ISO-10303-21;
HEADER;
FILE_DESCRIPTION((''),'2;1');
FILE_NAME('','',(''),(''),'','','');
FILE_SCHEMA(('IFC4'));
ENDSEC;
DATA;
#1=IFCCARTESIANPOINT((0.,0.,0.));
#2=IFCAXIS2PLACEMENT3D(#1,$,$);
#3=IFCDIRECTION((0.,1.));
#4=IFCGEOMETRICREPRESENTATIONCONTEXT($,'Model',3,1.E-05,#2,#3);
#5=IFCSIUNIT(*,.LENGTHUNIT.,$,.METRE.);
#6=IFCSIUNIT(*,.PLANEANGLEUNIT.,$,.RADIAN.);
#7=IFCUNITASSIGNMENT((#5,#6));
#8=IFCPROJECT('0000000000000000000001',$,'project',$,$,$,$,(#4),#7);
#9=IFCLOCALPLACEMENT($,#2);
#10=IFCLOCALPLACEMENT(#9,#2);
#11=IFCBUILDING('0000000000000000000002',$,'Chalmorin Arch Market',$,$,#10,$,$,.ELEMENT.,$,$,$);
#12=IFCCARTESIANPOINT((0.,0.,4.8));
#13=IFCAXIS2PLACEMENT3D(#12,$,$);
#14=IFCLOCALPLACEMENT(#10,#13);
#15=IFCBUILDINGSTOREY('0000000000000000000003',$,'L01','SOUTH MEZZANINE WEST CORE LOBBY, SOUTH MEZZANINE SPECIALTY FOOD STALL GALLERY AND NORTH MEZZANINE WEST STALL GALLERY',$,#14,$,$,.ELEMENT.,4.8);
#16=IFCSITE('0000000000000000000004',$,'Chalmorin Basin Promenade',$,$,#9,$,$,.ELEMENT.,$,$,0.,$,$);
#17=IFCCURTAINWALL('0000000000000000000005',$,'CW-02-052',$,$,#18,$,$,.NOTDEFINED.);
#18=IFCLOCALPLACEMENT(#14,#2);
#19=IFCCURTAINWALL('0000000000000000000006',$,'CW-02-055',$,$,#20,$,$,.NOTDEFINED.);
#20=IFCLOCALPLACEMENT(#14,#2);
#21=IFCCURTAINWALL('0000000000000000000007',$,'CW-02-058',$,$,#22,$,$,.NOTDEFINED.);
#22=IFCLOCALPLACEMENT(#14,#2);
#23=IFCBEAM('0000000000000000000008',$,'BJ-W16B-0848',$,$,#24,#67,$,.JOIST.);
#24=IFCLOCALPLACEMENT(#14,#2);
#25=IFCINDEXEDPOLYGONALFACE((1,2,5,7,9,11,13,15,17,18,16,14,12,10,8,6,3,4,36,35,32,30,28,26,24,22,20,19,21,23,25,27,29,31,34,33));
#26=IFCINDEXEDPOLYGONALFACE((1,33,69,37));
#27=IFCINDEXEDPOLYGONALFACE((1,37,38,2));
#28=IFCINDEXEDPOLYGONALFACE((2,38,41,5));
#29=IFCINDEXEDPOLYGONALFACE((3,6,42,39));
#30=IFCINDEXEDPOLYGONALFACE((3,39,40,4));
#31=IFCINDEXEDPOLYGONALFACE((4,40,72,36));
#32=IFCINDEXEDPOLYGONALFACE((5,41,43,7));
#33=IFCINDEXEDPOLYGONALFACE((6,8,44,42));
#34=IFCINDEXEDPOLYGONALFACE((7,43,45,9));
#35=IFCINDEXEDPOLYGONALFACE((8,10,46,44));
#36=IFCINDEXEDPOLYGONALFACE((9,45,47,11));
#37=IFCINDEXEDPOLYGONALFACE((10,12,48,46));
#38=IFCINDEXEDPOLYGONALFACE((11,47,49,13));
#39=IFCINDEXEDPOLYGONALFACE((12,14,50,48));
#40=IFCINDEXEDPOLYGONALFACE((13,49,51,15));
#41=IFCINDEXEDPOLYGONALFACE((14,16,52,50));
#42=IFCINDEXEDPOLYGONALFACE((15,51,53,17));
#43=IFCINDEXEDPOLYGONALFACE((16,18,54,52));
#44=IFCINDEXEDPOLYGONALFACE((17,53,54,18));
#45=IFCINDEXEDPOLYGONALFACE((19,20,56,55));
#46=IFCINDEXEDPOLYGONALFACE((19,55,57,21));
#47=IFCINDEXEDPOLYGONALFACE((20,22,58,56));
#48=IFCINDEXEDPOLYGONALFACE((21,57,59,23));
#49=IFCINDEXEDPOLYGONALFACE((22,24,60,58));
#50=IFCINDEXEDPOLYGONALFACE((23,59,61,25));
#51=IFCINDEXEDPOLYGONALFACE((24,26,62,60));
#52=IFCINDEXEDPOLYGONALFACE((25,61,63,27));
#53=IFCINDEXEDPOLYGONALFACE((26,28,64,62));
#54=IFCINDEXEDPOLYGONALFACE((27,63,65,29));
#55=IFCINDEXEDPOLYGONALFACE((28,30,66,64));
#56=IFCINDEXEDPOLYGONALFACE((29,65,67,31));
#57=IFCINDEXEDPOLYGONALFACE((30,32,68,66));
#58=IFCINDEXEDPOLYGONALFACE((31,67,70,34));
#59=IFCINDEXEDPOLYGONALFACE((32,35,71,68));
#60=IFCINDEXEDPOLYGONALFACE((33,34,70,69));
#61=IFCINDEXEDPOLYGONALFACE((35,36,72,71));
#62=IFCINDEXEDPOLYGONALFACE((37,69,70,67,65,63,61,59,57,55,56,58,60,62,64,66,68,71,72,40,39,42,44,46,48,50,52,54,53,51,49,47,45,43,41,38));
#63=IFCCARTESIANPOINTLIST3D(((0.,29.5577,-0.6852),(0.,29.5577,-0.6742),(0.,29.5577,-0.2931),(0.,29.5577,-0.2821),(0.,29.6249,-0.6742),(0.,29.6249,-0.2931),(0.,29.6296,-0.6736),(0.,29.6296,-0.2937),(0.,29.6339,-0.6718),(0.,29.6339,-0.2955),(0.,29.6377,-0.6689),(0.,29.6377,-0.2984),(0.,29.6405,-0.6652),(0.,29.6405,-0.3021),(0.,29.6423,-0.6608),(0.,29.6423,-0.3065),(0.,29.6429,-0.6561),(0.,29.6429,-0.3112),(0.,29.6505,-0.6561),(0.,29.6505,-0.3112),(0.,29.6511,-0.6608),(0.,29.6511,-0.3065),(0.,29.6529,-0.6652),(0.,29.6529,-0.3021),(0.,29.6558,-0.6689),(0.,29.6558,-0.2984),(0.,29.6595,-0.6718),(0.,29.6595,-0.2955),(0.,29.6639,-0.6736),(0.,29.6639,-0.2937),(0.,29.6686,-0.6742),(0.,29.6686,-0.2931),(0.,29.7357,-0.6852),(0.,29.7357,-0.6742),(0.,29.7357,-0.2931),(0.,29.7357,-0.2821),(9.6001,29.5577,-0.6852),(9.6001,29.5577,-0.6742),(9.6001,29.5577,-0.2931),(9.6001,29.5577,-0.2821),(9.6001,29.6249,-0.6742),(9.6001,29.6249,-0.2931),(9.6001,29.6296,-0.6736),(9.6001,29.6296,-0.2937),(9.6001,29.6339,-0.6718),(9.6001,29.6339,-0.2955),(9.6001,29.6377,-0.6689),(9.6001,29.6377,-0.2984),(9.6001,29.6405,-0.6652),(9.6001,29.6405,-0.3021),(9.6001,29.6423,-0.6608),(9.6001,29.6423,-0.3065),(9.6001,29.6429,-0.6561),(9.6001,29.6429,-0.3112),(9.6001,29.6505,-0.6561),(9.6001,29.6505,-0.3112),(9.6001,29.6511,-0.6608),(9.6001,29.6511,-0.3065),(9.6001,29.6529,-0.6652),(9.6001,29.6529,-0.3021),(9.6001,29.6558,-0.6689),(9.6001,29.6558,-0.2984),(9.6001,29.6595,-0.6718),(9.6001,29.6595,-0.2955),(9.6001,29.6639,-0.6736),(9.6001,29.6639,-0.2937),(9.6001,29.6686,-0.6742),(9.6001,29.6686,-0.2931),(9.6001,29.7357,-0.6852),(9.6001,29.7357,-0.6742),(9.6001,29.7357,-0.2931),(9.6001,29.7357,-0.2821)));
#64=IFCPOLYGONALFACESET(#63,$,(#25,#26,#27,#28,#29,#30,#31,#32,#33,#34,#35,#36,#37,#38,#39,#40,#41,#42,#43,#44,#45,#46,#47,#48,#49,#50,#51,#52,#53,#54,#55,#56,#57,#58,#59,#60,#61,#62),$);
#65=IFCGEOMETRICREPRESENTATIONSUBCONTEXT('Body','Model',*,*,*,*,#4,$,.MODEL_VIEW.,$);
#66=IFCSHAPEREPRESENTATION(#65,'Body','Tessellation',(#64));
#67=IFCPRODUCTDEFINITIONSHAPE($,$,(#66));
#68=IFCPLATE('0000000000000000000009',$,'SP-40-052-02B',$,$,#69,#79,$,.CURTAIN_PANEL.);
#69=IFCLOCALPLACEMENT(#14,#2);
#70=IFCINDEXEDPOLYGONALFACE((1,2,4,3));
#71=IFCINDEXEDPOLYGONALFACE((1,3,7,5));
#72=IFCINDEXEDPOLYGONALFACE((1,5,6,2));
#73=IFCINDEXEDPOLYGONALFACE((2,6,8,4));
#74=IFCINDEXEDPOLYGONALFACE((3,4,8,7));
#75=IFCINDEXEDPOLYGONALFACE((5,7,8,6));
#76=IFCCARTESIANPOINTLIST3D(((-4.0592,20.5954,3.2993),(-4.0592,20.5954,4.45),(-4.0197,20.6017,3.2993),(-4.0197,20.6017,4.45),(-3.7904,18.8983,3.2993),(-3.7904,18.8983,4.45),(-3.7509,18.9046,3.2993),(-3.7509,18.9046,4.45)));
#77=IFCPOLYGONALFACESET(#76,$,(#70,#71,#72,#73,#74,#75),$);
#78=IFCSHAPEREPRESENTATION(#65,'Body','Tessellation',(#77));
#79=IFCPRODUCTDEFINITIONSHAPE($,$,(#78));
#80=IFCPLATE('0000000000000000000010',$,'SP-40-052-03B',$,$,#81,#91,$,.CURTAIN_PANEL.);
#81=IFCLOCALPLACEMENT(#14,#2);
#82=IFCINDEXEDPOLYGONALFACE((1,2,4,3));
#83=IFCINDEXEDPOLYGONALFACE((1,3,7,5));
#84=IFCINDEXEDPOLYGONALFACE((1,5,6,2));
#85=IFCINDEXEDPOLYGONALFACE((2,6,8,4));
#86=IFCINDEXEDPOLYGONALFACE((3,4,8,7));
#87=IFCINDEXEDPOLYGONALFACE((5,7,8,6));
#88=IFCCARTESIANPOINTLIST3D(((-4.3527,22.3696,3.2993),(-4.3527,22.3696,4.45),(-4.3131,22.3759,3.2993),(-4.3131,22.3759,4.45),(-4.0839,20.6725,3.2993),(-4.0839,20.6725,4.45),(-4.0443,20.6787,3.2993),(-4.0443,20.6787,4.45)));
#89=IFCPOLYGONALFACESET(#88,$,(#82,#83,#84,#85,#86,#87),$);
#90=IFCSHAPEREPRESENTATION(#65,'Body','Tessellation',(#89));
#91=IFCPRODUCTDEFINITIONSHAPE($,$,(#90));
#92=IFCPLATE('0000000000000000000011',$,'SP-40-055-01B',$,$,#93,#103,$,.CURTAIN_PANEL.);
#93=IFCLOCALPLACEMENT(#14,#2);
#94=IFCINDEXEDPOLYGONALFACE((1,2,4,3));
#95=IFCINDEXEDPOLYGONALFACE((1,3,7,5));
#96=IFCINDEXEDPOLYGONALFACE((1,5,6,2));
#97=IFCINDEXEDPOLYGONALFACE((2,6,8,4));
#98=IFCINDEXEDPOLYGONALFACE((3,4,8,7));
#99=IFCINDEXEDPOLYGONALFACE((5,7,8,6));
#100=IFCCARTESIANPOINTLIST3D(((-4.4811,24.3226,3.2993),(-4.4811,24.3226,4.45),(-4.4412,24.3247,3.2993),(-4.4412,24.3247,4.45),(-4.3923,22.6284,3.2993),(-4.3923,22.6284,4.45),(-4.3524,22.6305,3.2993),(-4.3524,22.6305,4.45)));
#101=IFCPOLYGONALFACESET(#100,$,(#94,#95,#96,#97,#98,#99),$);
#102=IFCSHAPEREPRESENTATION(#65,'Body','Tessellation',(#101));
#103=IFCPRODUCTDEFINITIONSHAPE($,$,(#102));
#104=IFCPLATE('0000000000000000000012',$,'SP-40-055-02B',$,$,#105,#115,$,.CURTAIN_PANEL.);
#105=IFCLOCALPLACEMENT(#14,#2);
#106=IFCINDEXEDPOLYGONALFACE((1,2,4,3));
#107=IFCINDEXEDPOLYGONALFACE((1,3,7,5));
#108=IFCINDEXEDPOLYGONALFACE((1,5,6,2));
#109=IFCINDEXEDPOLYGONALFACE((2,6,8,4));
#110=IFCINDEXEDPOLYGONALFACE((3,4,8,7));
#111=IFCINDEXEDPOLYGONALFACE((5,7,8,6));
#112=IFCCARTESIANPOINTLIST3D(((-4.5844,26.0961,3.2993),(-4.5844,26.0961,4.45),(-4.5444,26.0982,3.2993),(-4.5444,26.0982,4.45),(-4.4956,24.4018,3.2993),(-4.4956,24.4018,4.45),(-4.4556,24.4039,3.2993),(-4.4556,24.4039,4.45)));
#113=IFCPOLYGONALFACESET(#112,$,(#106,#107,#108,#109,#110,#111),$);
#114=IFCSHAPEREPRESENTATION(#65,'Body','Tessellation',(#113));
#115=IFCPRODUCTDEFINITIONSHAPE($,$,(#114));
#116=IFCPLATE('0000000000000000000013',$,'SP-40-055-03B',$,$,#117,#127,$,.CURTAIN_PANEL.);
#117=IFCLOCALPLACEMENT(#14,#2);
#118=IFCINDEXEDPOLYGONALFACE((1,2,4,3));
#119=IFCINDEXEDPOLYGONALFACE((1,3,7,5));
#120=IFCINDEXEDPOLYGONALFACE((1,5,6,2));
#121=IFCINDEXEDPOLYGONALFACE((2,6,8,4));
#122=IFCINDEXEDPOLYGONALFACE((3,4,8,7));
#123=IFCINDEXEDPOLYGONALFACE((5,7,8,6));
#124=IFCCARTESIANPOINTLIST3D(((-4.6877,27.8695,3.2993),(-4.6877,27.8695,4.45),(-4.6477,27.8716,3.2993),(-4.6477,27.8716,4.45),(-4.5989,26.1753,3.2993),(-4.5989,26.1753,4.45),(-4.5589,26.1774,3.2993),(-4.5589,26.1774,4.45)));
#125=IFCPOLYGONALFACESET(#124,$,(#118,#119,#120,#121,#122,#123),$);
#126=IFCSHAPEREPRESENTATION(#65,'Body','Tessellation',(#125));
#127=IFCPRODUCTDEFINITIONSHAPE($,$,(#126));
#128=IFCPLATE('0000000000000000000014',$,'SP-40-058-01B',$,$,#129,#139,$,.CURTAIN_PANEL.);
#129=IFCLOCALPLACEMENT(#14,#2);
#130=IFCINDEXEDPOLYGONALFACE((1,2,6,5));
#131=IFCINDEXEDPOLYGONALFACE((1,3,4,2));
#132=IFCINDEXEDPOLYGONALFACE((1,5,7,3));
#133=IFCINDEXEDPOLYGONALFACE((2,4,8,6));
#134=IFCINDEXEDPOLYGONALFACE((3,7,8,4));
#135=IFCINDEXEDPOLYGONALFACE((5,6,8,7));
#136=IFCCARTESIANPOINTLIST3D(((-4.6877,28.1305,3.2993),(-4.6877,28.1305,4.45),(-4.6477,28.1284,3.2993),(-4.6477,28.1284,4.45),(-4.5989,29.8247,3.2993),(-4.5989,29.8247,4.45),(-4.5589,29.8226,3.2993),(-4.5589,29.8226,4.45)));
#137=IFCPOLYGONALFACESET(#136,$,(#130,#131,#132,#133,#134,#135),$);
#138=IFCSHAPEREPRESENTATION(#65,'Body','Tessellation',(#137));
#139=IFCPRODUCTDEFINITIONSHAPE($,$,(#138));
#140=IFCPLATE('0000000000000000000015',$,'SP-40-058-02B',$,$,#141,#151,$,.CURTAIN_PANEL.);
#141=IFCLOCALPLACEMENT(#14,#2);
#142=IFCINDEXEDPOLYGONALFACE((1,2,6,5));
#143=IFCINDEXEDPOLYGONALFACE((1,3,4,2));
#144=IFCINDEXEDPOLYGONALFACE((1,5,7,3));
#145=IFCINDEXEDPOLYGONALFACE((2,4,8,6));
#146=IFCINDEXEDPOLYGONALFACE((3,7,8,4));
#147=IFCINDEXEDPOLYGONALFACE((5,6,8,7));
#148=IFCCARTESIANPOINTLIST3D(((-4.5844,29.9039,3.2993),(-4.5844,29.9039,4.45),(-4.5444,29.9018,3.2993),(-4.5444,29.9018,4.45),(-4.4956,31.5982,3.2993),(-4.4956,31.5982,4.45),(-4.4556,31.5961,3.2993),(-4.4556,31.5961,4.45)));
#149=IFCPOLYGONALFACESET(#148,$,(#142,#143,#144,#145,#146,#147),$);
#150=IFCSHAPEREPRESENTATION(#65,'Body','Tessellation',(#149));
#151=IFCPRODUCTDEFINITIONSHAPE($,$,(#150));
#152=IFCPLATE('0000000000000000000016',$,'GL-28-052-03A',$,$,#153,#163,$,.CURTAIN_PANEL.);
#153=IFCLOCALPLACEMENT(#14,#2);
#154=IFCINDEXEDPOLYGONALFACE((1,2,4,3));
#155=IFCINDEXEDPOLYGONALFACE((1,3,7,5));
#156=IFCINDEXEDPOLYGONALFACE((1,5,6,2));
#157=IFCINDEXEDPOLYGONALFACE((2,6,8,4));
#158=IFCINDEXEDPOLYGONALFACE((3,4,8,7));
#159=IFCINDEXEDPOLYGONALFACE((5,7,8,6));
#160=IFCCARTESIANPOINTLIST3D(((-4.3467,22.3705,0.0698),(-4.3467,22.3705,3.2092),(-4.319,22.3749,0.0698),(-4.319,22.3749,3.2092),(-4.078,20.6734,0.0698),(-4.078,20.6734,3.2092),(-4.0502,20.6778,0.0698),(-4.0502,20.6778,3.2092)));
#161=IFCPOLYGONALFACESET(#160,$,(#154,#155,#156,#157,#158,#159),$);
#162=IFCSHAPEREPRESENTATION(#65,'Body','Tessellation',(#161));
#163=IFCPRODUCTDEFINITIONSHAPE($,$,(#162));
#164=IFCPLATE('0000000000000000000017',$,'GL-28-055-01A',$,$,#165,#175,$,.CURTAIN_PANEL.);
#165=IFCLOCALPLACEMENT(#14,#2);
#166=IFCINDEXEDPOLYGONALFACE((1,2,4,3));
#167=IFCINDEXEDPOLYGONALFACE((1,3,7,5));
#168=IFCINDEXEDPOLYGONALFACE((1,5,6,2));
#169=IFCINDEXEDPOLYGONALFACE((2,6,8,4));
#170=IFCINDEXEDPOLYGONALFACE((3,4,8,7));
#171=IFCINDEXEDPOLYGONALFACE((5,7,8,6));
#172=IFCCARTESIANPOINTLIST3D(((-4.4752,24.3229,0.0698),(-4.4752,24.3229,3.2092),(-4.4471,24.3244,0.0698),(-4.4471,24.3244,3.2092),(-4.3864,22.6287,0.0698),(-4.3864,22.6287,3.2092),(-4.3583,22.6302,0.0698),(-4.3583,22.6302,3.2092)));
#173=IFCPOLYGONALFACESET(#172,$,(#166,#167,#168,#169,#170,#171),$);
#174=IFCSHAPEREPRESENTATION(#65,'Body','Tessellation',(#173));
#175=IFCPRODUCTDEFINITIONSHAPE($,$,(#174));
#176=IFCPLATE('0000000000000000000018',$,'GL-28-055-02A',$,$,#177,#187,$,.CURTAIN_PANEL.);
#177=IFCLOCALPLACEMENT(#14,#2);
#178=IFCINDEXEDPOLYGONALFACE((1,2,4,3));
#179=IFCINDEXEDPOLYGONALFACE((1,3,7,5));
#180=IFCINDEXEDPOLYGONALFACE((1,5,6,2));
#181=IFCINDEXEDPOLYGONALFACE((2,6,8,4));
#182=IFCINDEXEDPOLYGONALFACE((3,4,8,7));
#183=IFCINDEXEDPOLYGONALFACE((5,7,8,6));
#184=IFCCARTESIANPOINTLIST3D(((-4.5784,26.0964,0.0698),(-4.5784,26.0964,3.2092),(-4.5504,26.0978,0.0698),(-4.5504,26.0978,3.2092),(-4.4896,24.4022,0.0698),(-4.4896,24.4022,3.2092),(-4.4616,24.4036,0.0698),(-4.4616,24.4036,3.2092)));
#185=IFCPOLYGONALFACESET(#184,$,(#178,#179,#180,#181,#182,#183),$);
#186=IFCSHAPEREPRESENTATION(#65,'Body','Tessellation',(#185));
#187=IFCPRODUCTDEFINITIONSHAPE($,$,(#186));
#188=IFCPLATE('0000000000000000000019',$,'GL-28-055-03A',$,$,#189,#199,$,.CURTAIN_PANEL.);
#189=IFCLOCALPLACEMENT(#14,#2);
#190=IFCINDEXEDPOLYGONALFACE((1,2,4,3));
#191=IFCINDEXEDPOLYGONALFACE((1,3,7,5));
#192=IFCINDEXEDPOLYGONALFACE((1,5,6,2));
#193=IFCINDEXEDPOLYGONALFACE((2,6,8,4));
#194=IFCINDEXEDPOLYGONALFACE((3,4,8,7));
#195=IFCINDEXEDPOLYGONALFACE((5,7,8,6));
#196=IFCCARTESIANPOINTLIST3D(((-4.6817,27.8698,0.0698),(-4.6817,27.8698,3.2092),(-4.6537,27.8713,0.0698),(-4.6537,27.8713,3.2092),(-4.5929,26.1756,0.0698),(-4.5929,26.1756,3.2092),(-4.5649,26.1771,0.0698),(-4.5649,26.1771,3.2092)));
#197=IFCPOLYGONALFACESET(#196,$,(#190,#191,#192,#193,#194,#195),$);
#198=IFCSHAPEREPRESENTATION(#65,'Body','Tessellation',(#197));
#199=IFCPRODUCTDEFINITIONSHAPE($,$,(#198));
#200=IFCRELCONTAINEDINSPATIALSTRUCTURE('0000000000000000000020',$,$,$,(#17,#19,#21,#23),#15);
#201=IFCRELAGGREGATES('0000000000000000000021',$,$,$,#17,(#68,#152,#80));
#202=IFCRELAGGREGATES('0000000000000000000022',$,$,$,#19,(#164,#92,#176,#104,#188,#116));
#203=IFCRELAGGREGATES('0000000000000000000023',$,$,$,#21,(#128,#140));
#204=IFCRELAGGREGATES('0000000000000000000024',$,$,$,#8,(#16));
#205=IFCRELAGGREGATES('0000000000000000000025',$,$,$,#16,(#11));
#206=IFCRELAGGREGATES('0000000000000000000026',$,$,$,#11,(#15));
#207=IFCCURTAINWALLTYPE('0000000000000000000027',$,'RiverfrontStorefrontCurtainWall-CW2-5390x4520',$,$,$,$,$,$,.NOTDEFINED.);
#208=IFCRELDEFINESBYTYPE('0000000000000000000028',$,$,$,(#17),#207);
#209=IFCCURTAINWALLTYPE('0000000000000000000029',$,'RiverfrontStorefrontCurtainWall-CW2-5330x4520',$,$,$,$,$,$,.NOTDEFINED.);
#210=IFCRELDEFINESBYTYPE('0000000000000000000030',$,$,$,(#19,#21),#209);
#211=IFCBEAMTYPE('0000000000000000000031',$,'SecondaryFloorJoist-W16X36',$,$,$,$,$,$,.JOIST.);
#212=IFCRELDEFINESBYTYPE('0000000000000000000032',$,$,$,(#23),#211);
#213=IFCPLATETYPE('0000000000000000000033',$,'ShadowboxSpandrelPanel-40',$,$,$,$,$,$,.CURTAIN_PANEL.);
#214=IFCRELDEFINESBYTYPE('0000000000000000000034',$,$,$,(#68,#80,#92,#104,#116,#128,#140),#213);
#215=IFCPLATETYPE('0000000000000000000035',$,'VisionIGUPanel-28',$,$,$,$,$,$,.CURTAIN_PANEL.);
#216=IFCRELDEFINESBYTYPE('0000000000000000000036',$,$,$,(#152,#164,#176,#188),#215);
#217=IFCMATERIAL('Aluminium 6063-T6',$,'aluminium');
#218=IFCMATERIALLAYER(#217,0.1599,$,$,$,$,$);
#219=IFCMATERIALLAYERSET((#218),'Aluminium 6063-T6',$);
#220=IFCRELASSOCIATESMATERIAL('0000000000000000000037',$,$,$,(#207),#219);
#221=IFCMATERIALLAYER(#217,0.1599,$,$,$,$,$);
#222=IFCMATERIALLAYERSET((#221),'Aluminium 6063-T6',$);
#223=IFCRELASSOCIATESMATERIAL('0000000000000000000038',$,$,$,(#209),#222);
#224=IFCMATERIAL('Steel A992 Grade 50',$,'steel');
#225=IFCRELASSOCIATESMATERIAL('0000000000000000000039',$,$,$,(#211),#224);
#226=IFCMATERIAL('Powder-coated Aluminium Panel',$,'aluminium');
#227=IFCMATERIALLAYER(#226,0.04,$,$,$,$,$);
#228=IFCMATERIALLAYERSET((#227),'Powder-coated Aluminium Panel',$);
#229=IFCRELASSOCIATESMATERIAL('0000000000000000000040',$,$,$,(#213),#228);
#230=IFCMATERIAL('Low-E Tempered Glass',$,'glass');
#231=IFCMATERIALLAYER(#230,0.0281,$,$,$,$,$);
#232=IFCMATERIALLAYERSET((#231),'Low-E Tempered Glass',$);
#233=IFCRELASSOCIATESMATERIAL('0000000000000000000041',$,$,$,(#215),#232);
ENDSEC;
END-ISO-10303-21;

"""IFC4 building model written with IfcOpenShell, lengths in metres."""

from ifc_helpers import new_model, si_unit, direction, frame, origin, origin_2d, place, context, subcontext, project, spatial, rectangle, i_section, extrude, material, layer, layer_set, material_profile, profile_set, type_object, element, aggregate, save


model = new_model("IFC4")

# Units and contexts
model_context = context("Model", 3, precision=1e-05, world=origin(), true_north=direction((0.0, 1.0)))
body_context = subcontext(model_context, "Body", "Model", "MODEL_VIEW")
ifc_project = project(units=[si_unit("LENGTHUNIT", "METRE"), si_unit("PLANEANGLEUNIT", "RADIAN")], contexts=[model_context])

# Site, building, storey
site_placement = place(None, origin())
site = spatial("IfcSite", under=ifc_project, at=site_placement, Name="Chalmorin Basin Promenade", CompositionType="ELEMENT", RefElevation=0.0)
building_placement = place(site_placement, origin())
building = spatial("IfcBuilding", under=site, at=building_placement, Name="Chalmorin Arch Market", CompositionType="ELEMENT")
storey_placement = place(building_placement, frame((0.0, 0.0, 4.8)))
storey = spatial("IfcBuildingStorey", under=building, at=storey_placement, Name="L01", Description="SOUTH MEZZANINE WEST CORE LOBBY, SOUTH MEZZANINE SPECIALTY FOOD STALL GALLERY AND NORTH MEZZANINE WEST STALL GALLERY", CompositionType="ELEMENT", Elevation=4.8)

# Curtain walls
ifc_material_1 = material(Name="Aluminium 6063-T6", Category="aluminium")
ifc_layer_1 = layer(ifc_material_1, 0.1599)
ifc_layer_set_1 = layer_set([ifc_layer_1], Name="Aluminium 6063-T6")
curtain_wall_type_1 = type_object("IfcCurtainWallType", Name="RiverfrontStorefrontCurtainWall-CW2-5390x4520", PredefinedType="NOTDEFINED", material=ifc_layer_set_1)
curtain_wall_1_placement = place(storey_placement, origin())
curtain_wall_1 = element("IfcCurtainWall", 1, at=curtain_wall_1_placement, inside=storey, type_object=curtain_wall_type_1, Name="CW-02-052", PredefinedType="NOTDEFINED")
ifc_layer_2 = layer(ifc_material_1, 0.1599)
ifc_layer_set_2 = layer_set([ifc_layer_2], Name="Aluminium 6063-T6")
curtain_wall_type_2 = type_object("IfcCurtainWallType", Name="RiverfrontStorefrontCurtainWall-CW2-5330x4520", PredefinedType="NOTDEFINED", material=ifc_layer_set_2)
curtain_wall_2_placement = place(storey_placement, origin())
curtain_wall_2 = element("IfcCurtainWall", 2, at=curtain_wall_2_placement, inside=storey, type_object=curtain_wall_type_2, Name="CW-02-055", PredefinedType="NOTDEFINED")
curtain_wall_3_placement = place(storey_placement, origin())
curtain_wall_3 = element("IfcCurtainWall", 3, at=curtain_wall_3_placement, inside=storey, type_object=curtain_wall_type_2, Name="CW-02-058", PredefinedType="NOTDEFINED")

# Beam
ifc_material_2 = material(Name="Steel A992 Grade 50", Category="steel")
ifc_material_profile_1 = material_profile(ifc_material_2, i_section(OverallWidth=0.178, OverallDepth=0.4031, WebThickness=0.0076, FlangeThickness=0.011, FilletRadius=0.0181, at=origin_2d()), Name="W16X36")
ifc_profile_set_1 = profile_set([ifc_material_profile_1], Name="Steel A992 Grade 50")
beam_type_1 = type_object("IfcBeamType", Name="SecondaryFloorJoist-W16X36", PredefinedType="JOIST", material=ifc_profile_set_1)
for number, where, z_axis, x_axis, name in (
    (4, (0.0, 29.6467, -0.4836), (1.0, 0.0, 0.0), (0.0, 1.0, 0.0), "BJ-W16B-0848"),
):
    element("IfcBeam", number, at=place(storey_placement, frame(where, z_axis=z_axis, x_axis=x_axis)), inside=storey, type_object=beam_type_1, Name=name, PredefinedType="JOIST", context=body_context, shape_type="SweptSolid", body=[
        extrude(i_section(OverallWidth=0.178, OverallDepth=0.4031, WebThickness=0.0076, FlangeThickness=0.011, FilletRadius=0.0181, at=origin_2d()), origin(), (0.0, 0.0, 1.0), 9.6001),
    ])

# Plates
ifc_material_3 = material(Name="Powder-coated Aluminium Panel", Category="aluminium")
ifc_layer_3 = layer(ifc_material_3, 0.04)
ifc_layer_set_3 = layer_set([ifc_layer_3], Name="Powder-coated Aluminium Panel")
plate_type_1 = type_object("IfcPlateType", Name="ShadowboxSpandrelPanel-40", PredefinedType="CURTAIN_PANEL", material=ifc_layer_set_3)
plate_1_placement = place(storey_placement, frame((-3.905, 19.75, 3.2993), z_axis=(0.0, 0.0, 1.0), x_axis=(-0.156434, 0.987688, 0.0)))
plate_1 = element("IfcPlate", 5, at=plate_1_placement, type_object=plate_type_1, Name="SP-40-052-02B", PredefinedType="CURTAIN_PANEL", context=body_context, shape_type="SweptSolid", body=[
    extrude(rectangle(XDim=1.7183, YDim=0.04, at=origin_2d()), origin(), (0.0, 0.0, 1.0), 1.1506),
])
plate_2_placement = place(storey_placement, frame((-4.1985, 21.5242, 3.2993), z_axis=(0.0, 0.0, 1.0), x_axis=(-0.156434, 0.987688, 0.0)))
plate_2 = element("IfcPlate", 6, at=plate_2_placement, type_object=plate_type_1, Name="SP-40-052-03B", PredefinedType="CURTAIN_PANEL", context=body_context, shape_type="SweptSolid", body=[
    extrude(rectangle(XDim=1.7183, YDim=0.04, at=origin_2d()), origin(), (0.0, 0.0, 1.0), 1.1506),
])
plate_3_placement = place(storey_placement, frame((-4.4167, 23.4766, 3.2993), z_axis=(0.0, 0.0, 1.0), x_axis=(-0.052336, 0.99863, 0.0)))
plate_3 = element("IfcPlate", 7, at=plate_3_placement, type_object=plate_type_1, Name="SP-40-055-01B", PredefinedType="CURTAIN_PANEL", context=body_context, shape_type="SweptSolid", body=[
    extrude(rectangle(XDim=1.6965, YDim=0.04, at=origin_2d()), origin(), (0.0, 0.0, 1.0), 1.1506),
])
plate_4_placement = place(storey_placement, frame((-4.52, 25.25, 3.2993), z_axis=(0.0, 0.0, 1.0), x_axis=(-0.052336, 0.99863, 0.0)))
plate_4 = element("IfcPlate", 8, at=plate_4_placement, type_object=plate_type_1, Name="SP-40-055-02B", PredefinedType="CURTAIN_PANEL", context=body_context, shape_type="SweptSolid", body=[
    extrude(rectangle(XDim=1.6965, YDim=0.04, at=origin_2d()), origin(), (0.0, 0.0, 1.0), 1.1506),
])
plate_5_placement = place(storey_placement, frame((-4.6233, 27.0234, 3.2993), z_axis=(0.0, 0.0, 1.0), x_axis=(-0.052336, 0.99863, 0.0)))
plate_5 = element("IfcPlate", 9, at=plate_5_placement, type_object=plate_type_1, Name="SP-40-055-03B", PredefinedType="CURTAIN_PANEL", context=body_context, shape_type="SweptSolid", body=[
    extrude(rectangle(XDim=1.6965, YDim=0.04, at=origin_2d()), origin(), (0.0, 0.0, 1.0), 1.1506),
])
plate_6_placement = place(storey_placement, frame((-4.6233, 28.9766, 3.2993), z_axis=(0.0, 0.0, 1.0), x_axis=(0.052336, 0.99863, 0.0)))
plate_6 = element("IfcPlate", 10, at=plate_6_placement, type_object=plate_type_1, Name="SP-40-058-01B", PredefinedType="CURTAIN_PANEL", context=body_context, shape_type="SweptSolid", body=[
    extrude(rectangle(XDim=1.6965, YDim=0.04, at=origin_2d()), origin(), (0.0, 0.0, 1.0), 1.1506),
])
plate_7_placement = place(storey_placement, frame((-4.52, 30.75, 3.2993), z_axis=(0.0, 0.0, 1.0), x_axis=(0.052336, 0.99863, 0.0)))
plate_7 = element("IfcPlate", 11, at=plate_7_placement, type_object=plate_type_1, Name="SP-40-058-02B", PredefinedType="CURTAIN_PANEL", context=body_context, shape_type="SweptSolid", body=[
    extrude(rectangle(XDim=1.6965, YDim=0.04, at=origin_2d()), origin(), (0.0, 0.0, 1.0), 1.1506),
])
ifc_material_4 = material(Name="Low-E Tempered Glass", Category="glass")
ifc_layer_4 = layer(ifc_material_4, 0.0281)
ifc_layer_set_4 = layer_set([ifc_layer_4], Name="Low-E Tempered Glass")
plate_type_2 = type_object("IfcPlateType", Name="VisionIGUPanel-28", PredefinedType="CURTAIN_PANEL", material=ifc_layer_set_4)
plate_8_placement = place(storey_placement, frame((-4.1985, 21.5242, 0.0698), z_axis=(0.0, 0.0, 1.0), x_axis=(-0.156434, 0.987688, 0.0)))
plate_8 = element("IfcPlate", 12, at=plate_8_placement, type_object=plate_type_2, Name="GL-28-052-03A", PredefinedType="CURTAIN_PANEL", context=body_context, shape_type="SweptSolid", body=[
    extrude(rectangle(XDim=1.7183, YDim=0.0281, at=origin_2d()), origin(), (0.0, 0.0, 1.0), 3.1394),
])
aggregate(curtain_wall_1, [plate_1, plate_8, plate_2])
plate_9_placement = place(storey_placement, frame((-4.4167, 23.4766, 0.0698), z_axis=(0.0, 0.0, 1.0), x_axis=(-0.052336, 0.99863, 0.0)))
plate_9 = element("IfcPlate", 13, at=plate_9_placement, type_object=plate_type_2, Name="GL-28-055-01A", PredefinedType="CURTAIN_PANEL", context=body_context, shape_type="SweptSolid", body=[
    extrude(rectangle(XDim=1.6965, YDim=0.0281, at=origin_2d()), origin(), (0.0, 0.0, 1.0), 3.1394),
])
plate_10_placement = place(storey_placement, frame((-4.52, 25.25, 0.0698), z_axis=(0.0, 0.0, 1.0), x_axis=(-0.052336, 0.99863, 0.0)))
plate_10 = element("IfcPlate", 14, at=plate_10_placement, type_object=plate_type_2, Name="GL-28-055-02A", PredefinedType="CURTAIN_PANEL", context=body_context, shape_type="SweptSolid", body=[
    extrude(rectangle(XDim=1.6965, YDim=0.0281, at=origin_2d()), origin(), (0.0, 0.0, 1.0), 3.1394),
])
plate_11_placement = place(storey_placement, frame((-4.6233, 27.0234, 0.0698), z_axis=(0.0, 0.0, 1.0), x_axis=(-0.052336, 0.99863, 0.0)))
plate_11 = element("IfcPlate", 15, at=plate_11_placement, type_object=plate_type_2, Name="GL-28-055-03A", PredefinedType="CURTAIN_PANEL", context=body_context, shape_type="SweptSolid", body=[
    extrude(rectangle(XDim=1.6965, YDim=0.0281, at=origin_2d()), origin(), (0.0, 0.0, 1.0), 3.1394),
])
aggregate(curtain_wall_2, [plate_9, plate_3, plate_10, plate_4, plate_11, plate_5])
aggregate(curtain_wall_3, [plate_6, plate_7])

save(model, "model.ifc")
